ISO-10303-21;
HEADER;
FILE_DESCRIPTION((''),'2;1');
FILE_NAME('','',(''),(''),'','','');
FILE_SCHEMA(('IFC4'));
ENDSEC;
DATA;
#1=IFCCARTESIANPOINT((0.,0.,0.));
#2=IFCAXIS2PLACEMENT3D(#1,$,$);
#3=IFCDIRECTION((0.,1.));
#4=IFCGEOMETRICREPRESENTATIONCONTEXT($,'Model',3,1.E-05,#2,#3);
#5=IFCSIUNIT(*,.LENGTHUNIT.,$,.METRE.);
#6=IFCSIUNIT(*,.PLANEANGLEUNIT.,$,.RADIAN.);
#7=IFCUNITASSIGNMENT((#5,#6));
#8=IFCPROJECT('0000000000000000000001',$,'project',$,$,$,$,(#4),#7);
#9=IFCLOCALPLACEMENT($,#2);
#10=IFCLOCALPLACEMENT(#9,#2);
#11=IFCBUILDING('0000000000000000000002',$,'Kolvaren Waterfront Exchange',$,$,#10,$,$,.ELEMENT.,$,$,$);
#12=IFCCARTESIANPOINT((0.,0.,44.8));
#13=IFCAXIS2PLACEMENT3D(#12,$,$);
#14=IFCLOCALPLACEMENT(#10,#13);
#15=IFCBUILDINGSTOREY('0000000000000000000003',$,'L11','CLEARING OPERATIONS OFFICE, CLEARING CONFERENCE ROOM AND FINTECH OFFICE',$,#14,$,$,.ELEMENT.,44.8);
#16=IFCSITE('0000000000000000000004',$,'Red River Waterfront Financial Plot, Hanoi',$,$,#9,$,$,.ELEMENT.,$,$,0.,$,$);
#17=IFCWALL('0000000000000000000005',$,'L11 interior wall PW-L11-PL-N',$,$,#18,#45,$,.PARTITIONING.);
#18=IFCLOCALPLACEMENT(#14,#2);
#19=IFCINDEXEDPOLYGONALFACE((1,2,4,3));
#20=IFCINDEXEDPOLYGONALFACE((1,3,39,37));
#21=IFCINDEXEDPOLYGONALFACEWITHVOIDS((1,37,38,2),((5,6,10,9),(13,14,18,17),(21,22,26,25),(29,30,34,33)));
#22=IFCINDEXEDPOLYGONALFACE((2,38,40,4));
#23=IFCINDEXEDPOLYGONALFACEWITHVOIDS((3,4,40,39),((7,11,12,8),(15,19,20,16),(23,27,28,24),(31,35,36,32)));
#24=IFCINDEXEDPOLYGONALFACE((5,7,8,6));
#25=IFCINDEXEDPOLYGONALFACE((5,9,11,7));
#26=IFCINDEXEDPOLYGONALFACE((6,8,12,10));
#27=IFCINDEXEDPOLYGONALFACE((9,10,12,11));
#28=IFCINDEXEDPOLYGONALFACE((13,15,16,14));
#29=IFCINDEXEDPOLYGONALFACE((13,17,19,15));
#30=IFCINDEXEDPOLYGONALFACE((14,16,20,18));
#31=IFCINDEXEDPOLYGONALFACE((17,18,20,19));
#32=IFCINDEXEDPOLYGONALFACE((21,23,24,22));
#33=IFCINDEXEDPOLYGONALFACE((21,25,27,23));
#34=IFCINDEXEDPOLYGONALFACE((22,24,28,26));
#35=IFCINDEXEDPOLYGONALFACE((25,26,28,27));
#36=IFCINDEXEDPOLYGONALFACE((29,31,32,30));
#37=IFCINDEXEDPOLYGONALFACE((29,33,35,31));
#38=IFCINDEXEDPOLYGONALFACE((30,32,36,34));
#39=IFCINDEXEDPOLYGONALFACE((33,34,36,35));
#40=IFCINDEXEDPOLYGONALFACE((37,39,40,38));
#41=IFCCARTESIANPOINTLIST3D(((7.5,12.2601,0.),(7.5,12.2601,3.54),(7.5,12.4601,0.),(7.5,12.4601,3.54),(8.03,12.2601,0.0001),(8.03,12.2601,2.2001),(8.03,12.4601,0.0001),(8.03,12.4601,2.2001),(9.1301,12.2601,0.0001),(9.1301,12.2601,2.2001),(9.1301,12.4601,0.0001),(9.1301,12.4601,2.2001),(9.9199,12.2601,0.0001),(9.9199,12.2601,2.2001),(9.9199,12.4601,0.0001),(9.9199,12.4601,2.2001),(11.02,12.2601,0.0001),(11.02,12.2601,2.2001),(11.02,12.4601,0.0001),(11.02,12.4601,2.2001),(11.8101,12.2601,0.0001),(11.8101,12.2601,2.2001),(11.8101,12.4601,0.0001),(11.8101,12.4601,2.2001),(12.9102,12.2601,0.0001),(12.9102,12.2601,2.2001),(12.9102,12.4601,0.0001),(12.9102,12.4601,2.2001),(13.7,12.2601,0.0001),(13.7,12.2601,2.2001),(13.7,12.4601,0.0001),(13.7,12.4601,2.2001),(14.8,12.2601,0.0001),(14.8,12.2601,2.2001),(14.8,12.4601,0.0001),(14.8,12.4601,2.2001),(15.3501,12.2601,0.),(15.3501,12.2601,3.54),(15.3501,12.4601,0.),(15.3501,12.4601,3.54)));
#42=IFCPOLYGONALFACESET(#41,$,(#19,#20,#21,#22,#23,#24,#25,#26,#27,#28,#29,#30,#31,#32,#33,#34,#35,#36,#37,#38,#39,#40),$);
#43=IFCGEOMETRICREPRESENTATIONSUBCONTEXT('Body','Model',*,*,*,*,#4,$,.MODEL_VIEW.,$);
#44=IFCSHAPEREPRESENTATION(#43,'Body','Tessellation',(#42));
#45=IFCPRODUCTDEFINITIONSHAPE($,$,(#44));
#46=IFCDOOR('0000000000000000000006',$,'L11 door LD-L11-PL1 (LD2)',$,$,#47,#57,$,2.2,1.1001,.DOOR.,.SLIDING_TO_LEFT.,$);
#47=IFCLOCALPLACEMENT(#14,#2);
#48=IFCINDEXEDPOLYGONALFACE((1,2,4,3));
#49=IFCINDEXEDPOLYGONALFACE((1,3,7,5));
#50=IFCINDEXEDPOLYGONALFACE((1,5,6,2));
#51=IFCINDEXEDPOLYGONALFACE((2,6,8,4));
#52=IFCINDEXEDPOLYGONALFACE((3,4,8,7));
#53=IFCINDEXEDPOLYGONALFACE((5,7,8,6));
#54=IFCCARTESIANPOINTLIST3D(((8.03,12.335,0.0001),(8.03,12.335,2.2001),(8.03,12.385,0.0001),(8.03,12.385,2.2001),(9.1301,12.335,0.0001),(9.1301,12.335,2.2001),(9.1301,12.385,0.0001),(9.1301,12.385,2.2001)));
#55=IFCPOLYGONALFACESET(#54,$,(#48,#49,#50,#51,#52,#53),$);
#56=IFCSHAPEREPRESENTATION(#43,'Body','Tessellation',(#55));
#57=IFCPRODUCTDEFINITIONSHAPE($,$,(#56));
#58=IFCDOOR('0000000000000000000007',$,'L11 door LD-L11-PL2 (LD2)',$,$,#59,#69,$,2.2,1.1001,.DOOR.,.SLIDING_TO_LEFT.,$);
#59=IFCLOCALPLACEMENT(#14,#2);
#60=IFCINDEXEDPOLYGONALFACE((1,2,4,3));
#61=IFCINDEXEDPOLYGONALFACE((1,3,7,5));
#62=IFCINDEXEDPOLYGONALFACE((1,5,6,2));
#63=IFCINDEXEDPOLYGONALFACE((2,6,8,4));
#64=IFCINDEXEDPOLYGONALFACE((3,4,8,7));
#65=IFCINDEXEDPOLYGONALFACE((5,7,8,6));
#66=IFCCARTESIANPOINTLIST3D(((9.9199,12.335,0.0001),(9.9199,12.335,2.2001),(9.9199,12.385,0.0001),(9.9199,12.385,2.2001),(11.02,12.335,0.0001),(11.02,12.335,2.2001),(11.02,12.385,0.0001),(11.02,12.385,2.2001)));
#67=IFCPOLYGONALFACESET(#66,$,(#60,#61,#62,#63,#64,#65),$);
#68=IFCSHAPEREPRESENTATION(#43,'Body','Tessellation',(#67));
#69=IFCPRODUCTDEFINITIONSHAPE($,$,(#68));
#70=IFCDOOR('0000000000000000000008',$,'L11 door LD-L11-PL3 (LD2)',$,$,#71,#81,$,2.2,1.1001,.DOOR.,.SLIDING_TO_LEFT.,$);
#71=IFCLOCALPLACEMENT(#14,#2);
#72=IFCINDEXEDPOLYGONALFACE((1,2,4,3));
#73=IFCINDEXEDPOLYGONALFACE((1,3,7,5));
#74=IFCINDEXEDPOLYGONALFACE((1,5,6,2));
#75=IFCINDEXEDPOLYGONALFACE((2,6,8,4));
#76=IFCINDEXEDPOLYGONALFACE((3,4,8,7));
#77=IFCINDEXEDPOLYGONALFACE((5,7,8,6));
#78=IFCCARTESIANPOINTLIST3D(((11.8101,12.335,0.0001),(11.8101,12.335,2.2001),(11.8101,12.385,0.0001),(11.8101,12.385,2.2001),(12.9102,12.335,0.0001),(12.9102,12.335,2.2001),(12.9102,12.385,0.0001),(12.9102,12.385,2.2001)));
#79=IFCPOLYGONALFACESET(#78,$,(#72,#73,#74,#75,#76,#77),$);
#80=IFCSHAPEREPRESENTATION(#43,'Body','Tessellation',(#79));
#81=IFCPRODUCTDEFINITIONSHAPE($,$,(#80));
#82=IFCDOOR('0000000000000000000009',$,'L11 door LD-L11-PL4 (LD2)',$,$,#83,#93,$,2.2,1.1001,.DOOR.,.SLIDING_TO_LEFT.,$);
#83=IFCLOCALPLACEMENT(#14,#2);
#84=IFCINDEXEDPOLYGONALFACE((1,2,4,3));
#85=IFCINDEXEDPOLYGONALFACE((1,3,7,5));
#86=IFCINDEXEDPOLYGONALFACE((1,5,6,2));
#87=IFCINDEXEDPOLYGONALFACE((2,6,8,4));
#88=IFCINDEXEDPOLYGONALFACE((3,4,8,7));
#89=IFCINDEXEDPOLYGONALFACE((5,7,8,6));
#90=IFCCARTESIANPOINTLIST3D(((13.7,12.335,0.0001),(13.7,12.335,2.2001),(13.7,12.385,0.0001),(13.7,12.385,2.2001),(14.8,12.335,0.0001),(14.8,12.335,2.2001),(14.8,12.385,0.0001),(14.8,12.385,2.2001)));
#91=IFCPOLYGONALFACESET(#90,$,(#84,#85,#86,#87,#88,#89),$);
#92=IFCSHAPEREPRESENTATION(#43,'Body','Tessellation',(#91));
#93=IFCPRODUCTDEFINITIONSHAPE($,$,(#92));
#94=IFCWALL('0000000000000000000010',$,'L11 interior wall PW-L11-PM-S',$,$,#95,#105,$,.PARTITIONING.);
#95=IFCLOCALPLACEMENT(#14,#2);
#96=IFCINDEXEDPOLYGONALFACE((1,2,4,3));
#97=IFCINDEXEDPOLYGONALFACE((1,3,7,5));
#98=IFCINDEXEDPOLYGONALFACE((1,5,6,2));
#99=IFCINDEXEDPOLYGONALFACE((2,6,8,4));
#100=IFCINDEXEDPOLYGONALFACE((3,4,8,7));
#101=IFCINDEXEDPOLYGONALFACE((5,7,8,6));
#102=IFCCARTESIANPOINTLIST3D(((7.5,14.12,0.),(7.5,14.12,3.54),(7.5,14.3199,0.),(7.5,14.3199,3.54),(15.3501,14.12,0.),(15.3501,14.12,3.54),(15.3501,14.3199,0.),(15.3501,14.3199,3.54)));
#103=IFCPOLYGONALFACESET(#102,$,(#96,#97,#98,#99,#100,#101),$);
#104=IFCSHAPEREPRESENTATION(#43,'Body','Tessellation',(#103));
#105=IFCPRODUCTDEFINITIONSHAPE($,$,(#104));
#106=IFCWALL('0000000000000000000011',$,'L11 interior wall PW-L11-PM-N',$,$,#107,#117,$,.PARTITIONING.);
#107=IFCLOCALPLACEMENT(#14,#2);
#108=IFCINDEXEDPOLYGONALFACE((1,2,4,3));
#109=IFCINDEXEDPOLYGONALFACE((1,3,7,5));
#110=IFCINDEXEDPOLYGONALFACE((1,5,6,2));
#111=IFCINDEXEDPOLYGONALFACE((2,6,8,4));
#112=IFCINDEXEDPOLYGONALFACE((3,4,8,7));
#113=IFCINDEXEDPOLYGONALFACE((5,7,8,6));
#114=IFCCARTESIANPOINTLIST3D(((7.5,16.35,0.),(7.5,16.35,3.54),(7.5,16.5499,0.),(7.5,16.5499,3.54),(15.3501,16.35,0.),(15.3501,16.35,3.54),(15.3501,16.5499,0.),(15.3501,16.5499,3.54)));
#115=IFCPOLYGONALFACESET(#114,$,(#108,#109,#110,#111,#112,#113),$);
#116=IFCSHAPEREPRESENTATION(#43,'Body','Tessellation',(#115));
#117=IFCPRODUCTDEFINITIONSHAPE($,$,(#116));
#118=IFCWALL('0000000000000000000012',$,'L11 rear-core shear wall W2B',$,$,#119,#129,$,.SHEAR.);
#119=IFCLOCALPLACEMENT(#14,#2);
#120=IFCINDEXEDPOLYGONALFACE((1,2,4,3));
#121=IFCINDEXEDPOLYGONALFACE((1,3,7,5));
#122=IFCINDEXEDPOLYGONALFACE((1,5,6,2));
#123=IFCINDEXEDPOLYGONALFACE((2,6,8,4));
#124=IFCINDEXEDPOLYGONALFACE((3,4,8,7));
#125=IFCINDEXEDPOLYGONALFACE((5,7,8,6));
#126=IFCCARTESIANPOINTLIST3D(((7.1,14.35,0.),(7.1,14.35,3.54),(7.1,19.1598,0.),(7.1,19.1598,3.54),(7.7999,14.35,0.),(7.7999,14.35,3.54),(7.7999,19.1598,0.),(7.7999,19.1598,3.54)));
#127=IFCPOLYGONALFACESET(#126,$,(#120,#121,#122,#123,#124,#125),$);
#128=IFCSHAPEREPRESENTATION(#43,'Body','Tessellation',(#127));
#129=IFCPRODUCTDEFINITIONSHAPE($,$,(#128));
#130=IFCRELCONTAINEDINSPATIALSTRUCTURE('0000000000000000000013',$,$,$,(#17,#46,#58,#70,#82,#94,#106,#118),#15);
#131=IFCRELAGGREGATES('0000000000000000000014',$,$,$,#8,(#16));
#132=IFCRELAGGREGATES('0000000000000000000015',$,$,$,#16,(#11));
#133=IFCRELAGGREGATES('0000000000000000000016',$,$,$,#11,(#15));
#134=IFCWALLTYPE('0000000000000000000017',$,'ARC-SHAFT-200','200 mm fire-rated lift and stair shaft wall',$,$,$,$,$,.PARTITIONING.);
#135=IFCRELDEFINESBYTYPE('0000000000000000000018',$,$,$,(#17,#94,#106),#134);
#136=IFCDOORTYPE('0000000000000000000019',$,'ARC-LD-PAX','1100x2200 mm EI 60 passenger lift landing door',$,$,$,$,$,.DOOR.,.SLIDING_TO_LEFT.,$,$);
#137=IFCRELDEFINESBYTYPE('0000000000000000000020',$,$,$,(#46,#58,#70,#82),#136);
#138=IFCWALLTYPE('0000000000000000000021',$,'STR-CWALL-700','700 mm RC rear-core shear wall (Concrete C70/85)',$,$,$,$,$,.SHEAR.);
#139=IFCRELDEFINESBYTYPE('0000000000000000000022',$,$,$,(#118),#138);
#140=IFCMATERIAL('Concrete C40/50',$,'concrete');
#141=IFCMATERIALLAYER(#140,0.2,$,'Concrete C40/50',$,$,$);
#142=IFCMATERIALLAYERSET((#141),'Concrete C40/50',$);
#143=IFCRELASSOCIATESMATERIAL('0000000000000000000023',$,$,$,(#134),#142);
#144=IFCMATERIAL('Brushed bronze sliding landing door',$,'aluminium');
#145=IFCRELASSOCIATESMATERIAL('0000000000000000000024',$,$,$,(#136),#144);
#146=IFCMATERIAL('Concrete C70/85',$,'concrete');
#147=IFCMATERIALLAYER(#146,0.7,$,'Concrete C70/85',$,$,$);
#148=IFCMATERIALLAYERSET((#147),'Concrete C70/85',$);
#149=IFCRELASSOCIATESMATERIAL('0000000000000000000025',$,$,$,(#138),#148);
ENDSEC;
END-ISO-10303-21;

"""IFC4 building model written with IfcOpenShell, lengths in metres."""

from ifc_helpers import new_model, si_unit, direction, frame, frame_2d, origin, place, context, subcontext, project, spatial, rectangle, extrude, material, layer, layer_set, type_object, element, fill, save


model = new_model("IFC4")

# Units and contexts
model_context = context("Model", 3, precision=1e-05, world=origin(), true_north=direction((0.0, 1.0)))
body_context = subcontext(model_context, "Body", "Model", "MODEL_VIEW")
ifc_project = project(units=[si_unit("LENGTHUNIT", "METRE"), si_unit("PLANEANGLEUNIT", "RADIAN")], contexts=[model_context])

# Site, building, storey
site_placement = place(None, origin())
site = spatial("IfcSite", under=ifc_project, at=site_placement, Name="Red River Waterfront Financial Plot, Hanoi", CompositionType="ELEMENT", RefElevation=0.0)
building_placement = place(site_placement, origin())
building = spatial("IfcBuilding", under=site, at=building_placement, Name="Kolvaren Waterfront Exchange", CompositionType="ELEMENT")
storey_placement = place(building_placement, frame((0.0, 0.0, 44.8)))
storey = spatial("IfcBuildingStorey", under=building, at=storey_placement, Name="L11", Description="CLEARING OPERATIONS OFFICE, CLEARING CONFERENCE ROOM AND FINTECH OFFICE", CompositionType="ELEMENT", Elevation=44.8)

# Wall, openings, doors
ifc_material_1 = material(Name="Concrete C40/50", Category="concrete")
ifc_layer_1 = layer(ifc_material_1, 0.2, Name="Concrete C40/50")
ifc_layer_set_1 = layer_set([ifc_layer_1], Name="Concrete C40/50")
wall_type_1 = type_object("IfcWallType", Name="ARC-SHAFT-200", Description="200 mm fire-rated lift and stair shaft wall", PredefinedType="PARTITIONING", material=ifc_layer_set_1)
wall_1_placement = place(storey_placement, frame((7.5, 12.3601, 0.0), z_axis=(0.0, 0.0, 1.0), x_axis=(1.0, 0.0, 0.0)))
wall_1 = element("IfcWall", 1, at=wall_1_placement, inside=storey, type_object=wall_type_1, Name="L11 interior wall PW-L11-PL-N", PredefinedType="PARTITIONING", context=body_context, shape_type="SweptSolid", body=[
    extrude(rectangle(XDim=7.8501, YDim=0.2, at=frame_2d((3.925, 0.0))), origin(), (0.0, 0.0, 1.0), 3.54),
])
opening_1_placement = place(wall_1_placement, frame((0.53, 0.0, 0.0)))
opening_1 = element("IfcOpeningElement", 2, at=opening_1_placement, cuts=wall_1, PredefinedType="OPENING", context=body_context, shape_type="SweptSolid", body=[
    extrude(rectangle(XDim=1.1001, YDim=2.2, at=frame_2d((0.55, 1.1001))), frame((0.0, 0.1099, 0.0), z_axis=(0.0, -1.0, 0.0), x_axis=(1.0, 0.0, 0.0)), (0.0, 0.0, 1.0), 0.22),
])
opening_2_placement = place(wall_1_placement, frame((2.4199, 0.0, 0.0)))
opening_2 = element("IfcOpeningElement", 3, at=opening_2_placement, cuts=wall_1, PredefinedType="OPENING", context=body_context, shape_type="SweptSolid", body=[
    extrude(rectangle(XDim=1.1001, YDim=2.2, at=frame_2d((0.55, 1.1001))), frame((0.0, 0.1099, 0.0), z_axis=(0.0, -1.0, 0.0), x_axis=(1.0, 0.0, 0.0)), (0.0, 0.0, 1.0), 0.22),
])
opening_3_placement = place(wall_1_placement, frame((4.3101, 0.0, 0.0)))
opening_3 = element("IfcOpeningElement", 4, at=opening_3_placement, cuts=wall_1, PredefinedType="OPENING", context=body_context, shape_type="SweptSolid", body=[
    extrude(rectangle(XDim=1.1001, YDim=2.2, at=frame_2d((0.55, 1.1001))), frame((0.0, 0.1099, 0.0), z_axis=(0.0, -1.0, 0.0), x_axis=(1.0, 0.0, 0.0)), (0.0, 0.0, 1.0), 0.22),
])
opening_4_placement = place(wall_1_placement, frame((6.2, 0.0, 0.0)))
opening_4 = element("IfcOpeningElement", 5, at=opening_4_placement, cuts=wall_1, PredefinedType="OPENING", context=body_context, shape_type="SweptSolid", body=[
    extrude(rectangle(XDim=1.1001, YDim=2.2, at=frame_2d((0.55, 1.1001))), frame((0.0, 0.1099, 0.0), z_axis=(0.0, -1.0, 0.0), x_axis=(1.0, 0.0, 0.0)), (0.0, 0.0, 1.0), 0.22),
])
ifc_material_2 = material(Name="Brushed bronze sliding landing door", Category="aluminium")
door_type = type_object("IfcDoorType", Name="ARC-LD-PAX", Description="1100x2200 mm EI 60 passenger lift landing door", OperationType="SLIDING_TO_LEFT", PredefinedType="DOOR", material=ifc_material_2)
door_1_placement = place(opening_1_placement, origin())
door_1 = element("IfcDoor", 6, at=door_1_placement, inside=storey, type_object=door_type, Name="L11 door LD-L11-PL1 (LD2)", OperationType="SLIDING_TO_LEFT", OverallHeight=2.2, OverallWidth=1.1001, PredefinedType="DOOR", context=body_context, shape_type="SweptSolid", body=[
    extrude(rectangle(XDim=1.1001, YDim=2.2, at=frame_2d((0.55, 1.1001))), frame((0.0, 0.0249, 0.0), z_axis=(0.0, -1.0, 0.0), x_axis=(1.0, 0.0, 0.0)), (0.0, 0.0, 1.0), 0.05),
])
fill(opening_1, door_1)
door_2_placement = place(opening_2_placement, origin())
door_2 = element("IfcDoor", 7, at=door_2_placement, inside=storey, type_object=door_type, Name="L11 door LD-L11-PL2 (LD2)", OperationType="SLIDING_TO_LEFT", OverallHeight=2.2, OverallWidth=1.1001, PredefinedType="DOOR", context=body_context, shape_type="SweptSolid", body=[
    extrude(rectangle(XDim=1.1001, YDim=2.2, at=frame_2d((0.55, 1.1001))), frame((0.0, 0.0249, 0.0), z_axis=(0.0, -1.0, 0.0), x_axis=(1.0, 0.0, 0.0)), (0.0, 0.0, 1.0), 0.05),
])
fill(opening_2, door_2)
door_3_placement = place(opening_3_placement, origin())
door_3 = element("IfcDoor", 8, at=door_3_placement, inside=storey, type_object=door_type, Name="L11 door LD-L11-PL3 (LD2)", OperationType="SLIDING_TO_LEFT", OverallHeight=2.2, OverallWidth=1.1001, PredefinedType="DOOR", context=body_context, shape_type="SweptSolid", body=[
    extrude(rectangle(XDim=1.1001, YDim=2.2, at=frame_2d((0.55, 1.1001))), frame((0.0, 0.0249, 0.0), z_axis=(0.0, -1.0, 0.0), x_axis=(1.0, 0.0, 0.0)), (0.0, 0.0, 1.0), 0.05),
])
fill(opening_3, door_3)
door_4_placement = place(opening_4_placement, origin())
door_4 = element("IfcDoor", 9, at=door_4_placement, inside=storey, type_object=door_type, Name="L11 door LD-L11-PL4 (LD2)", OperationType="SLIDING_TO_LEFT", OverallHeight=2.2, OverallWidth=1.1001, PredefinedType="DOOR", context=body_context, shape_type="SweptSolid", body=[
    extrude(rectangle(XDim=1.1001, YDim=2.2, at=frame_2d((0.55, 1.1001))), frame((0.0, 0.0249, 0.0), z_axis=(0.0, -1.0, 0.0), x_axis=(1.0, 0.0, 0.0)), (0.0, 0.0, 1.0), 0.05),
])
fill(opening_4, door_4)

# Walls
for number, where, z_axis, x_axis, name in (
    (10, (7.5, 14.22, 0.0), (0.0, 0.0, 1.0), (1.0, 0.0, 0.0), "L11 interior wall PW-L11-PM-S"),
    (11, (7.5, 16.45, 0.0), (0.0, 0.0, 1.0), (1.0, 0.0, 0.0), "L11 interior wall PW-L11-PM-N"),
):
    element("IfcWall", number, at=place(storey_placement, frame(where, z_axis=z_axis, x_axis=x_axis)), inside=storey, type_object=wall_type_1, Name=name, PredefinedType="PARTITIONING", context=body_context, shape_type="SweptSolid", body=[
        extrude(rectangle(XDim=7.8501, YDim=0.2, at=frame_2d((3.925, 0.0))), origin(), (0.0, 0.0, 1.0), 3.54),
    ])
ifc_material_3 = material(Name="Concrete C70/85", Category="concrete")
ifc_layer_2 = layer(ifc_material_3, 0.7, Name="Concrete C70/85")
ifc_layer_set_2 = layer_set([ifc_layer_2], Name="Concrete C70/85")
wall_type_2 = type_object("IfcWallType", Name="STR-CWALL-700", Description="700 mm RC rear-core shear wall (Concrete C70/85)", PredefinedType="SHEAR", material=ifc_layer_set_2)
wall_2_placement = place(storey_placement, frame((7.45, 14.3501, 0.0), z_axis=(0.0, 0.0, 1.0), x_axis=(0.0, 1.0, 0.0)))
element("IfcWall", 12, at=wall_2_placement, inside=storey, type_object=wall_type_2, Name="L11 rear-core shear wall W2B", PredefinedType="SHEAR", context=body_context, shape_type="SweptSolid", body=[
    extrude(rectangle(XDim=4.8098, YDim=0.7, at=frame_2d((2.4048, 0.0))), origin(), (0.0, 0.0, 1.0), 3.54),
])

save(model, "model.ifc")
